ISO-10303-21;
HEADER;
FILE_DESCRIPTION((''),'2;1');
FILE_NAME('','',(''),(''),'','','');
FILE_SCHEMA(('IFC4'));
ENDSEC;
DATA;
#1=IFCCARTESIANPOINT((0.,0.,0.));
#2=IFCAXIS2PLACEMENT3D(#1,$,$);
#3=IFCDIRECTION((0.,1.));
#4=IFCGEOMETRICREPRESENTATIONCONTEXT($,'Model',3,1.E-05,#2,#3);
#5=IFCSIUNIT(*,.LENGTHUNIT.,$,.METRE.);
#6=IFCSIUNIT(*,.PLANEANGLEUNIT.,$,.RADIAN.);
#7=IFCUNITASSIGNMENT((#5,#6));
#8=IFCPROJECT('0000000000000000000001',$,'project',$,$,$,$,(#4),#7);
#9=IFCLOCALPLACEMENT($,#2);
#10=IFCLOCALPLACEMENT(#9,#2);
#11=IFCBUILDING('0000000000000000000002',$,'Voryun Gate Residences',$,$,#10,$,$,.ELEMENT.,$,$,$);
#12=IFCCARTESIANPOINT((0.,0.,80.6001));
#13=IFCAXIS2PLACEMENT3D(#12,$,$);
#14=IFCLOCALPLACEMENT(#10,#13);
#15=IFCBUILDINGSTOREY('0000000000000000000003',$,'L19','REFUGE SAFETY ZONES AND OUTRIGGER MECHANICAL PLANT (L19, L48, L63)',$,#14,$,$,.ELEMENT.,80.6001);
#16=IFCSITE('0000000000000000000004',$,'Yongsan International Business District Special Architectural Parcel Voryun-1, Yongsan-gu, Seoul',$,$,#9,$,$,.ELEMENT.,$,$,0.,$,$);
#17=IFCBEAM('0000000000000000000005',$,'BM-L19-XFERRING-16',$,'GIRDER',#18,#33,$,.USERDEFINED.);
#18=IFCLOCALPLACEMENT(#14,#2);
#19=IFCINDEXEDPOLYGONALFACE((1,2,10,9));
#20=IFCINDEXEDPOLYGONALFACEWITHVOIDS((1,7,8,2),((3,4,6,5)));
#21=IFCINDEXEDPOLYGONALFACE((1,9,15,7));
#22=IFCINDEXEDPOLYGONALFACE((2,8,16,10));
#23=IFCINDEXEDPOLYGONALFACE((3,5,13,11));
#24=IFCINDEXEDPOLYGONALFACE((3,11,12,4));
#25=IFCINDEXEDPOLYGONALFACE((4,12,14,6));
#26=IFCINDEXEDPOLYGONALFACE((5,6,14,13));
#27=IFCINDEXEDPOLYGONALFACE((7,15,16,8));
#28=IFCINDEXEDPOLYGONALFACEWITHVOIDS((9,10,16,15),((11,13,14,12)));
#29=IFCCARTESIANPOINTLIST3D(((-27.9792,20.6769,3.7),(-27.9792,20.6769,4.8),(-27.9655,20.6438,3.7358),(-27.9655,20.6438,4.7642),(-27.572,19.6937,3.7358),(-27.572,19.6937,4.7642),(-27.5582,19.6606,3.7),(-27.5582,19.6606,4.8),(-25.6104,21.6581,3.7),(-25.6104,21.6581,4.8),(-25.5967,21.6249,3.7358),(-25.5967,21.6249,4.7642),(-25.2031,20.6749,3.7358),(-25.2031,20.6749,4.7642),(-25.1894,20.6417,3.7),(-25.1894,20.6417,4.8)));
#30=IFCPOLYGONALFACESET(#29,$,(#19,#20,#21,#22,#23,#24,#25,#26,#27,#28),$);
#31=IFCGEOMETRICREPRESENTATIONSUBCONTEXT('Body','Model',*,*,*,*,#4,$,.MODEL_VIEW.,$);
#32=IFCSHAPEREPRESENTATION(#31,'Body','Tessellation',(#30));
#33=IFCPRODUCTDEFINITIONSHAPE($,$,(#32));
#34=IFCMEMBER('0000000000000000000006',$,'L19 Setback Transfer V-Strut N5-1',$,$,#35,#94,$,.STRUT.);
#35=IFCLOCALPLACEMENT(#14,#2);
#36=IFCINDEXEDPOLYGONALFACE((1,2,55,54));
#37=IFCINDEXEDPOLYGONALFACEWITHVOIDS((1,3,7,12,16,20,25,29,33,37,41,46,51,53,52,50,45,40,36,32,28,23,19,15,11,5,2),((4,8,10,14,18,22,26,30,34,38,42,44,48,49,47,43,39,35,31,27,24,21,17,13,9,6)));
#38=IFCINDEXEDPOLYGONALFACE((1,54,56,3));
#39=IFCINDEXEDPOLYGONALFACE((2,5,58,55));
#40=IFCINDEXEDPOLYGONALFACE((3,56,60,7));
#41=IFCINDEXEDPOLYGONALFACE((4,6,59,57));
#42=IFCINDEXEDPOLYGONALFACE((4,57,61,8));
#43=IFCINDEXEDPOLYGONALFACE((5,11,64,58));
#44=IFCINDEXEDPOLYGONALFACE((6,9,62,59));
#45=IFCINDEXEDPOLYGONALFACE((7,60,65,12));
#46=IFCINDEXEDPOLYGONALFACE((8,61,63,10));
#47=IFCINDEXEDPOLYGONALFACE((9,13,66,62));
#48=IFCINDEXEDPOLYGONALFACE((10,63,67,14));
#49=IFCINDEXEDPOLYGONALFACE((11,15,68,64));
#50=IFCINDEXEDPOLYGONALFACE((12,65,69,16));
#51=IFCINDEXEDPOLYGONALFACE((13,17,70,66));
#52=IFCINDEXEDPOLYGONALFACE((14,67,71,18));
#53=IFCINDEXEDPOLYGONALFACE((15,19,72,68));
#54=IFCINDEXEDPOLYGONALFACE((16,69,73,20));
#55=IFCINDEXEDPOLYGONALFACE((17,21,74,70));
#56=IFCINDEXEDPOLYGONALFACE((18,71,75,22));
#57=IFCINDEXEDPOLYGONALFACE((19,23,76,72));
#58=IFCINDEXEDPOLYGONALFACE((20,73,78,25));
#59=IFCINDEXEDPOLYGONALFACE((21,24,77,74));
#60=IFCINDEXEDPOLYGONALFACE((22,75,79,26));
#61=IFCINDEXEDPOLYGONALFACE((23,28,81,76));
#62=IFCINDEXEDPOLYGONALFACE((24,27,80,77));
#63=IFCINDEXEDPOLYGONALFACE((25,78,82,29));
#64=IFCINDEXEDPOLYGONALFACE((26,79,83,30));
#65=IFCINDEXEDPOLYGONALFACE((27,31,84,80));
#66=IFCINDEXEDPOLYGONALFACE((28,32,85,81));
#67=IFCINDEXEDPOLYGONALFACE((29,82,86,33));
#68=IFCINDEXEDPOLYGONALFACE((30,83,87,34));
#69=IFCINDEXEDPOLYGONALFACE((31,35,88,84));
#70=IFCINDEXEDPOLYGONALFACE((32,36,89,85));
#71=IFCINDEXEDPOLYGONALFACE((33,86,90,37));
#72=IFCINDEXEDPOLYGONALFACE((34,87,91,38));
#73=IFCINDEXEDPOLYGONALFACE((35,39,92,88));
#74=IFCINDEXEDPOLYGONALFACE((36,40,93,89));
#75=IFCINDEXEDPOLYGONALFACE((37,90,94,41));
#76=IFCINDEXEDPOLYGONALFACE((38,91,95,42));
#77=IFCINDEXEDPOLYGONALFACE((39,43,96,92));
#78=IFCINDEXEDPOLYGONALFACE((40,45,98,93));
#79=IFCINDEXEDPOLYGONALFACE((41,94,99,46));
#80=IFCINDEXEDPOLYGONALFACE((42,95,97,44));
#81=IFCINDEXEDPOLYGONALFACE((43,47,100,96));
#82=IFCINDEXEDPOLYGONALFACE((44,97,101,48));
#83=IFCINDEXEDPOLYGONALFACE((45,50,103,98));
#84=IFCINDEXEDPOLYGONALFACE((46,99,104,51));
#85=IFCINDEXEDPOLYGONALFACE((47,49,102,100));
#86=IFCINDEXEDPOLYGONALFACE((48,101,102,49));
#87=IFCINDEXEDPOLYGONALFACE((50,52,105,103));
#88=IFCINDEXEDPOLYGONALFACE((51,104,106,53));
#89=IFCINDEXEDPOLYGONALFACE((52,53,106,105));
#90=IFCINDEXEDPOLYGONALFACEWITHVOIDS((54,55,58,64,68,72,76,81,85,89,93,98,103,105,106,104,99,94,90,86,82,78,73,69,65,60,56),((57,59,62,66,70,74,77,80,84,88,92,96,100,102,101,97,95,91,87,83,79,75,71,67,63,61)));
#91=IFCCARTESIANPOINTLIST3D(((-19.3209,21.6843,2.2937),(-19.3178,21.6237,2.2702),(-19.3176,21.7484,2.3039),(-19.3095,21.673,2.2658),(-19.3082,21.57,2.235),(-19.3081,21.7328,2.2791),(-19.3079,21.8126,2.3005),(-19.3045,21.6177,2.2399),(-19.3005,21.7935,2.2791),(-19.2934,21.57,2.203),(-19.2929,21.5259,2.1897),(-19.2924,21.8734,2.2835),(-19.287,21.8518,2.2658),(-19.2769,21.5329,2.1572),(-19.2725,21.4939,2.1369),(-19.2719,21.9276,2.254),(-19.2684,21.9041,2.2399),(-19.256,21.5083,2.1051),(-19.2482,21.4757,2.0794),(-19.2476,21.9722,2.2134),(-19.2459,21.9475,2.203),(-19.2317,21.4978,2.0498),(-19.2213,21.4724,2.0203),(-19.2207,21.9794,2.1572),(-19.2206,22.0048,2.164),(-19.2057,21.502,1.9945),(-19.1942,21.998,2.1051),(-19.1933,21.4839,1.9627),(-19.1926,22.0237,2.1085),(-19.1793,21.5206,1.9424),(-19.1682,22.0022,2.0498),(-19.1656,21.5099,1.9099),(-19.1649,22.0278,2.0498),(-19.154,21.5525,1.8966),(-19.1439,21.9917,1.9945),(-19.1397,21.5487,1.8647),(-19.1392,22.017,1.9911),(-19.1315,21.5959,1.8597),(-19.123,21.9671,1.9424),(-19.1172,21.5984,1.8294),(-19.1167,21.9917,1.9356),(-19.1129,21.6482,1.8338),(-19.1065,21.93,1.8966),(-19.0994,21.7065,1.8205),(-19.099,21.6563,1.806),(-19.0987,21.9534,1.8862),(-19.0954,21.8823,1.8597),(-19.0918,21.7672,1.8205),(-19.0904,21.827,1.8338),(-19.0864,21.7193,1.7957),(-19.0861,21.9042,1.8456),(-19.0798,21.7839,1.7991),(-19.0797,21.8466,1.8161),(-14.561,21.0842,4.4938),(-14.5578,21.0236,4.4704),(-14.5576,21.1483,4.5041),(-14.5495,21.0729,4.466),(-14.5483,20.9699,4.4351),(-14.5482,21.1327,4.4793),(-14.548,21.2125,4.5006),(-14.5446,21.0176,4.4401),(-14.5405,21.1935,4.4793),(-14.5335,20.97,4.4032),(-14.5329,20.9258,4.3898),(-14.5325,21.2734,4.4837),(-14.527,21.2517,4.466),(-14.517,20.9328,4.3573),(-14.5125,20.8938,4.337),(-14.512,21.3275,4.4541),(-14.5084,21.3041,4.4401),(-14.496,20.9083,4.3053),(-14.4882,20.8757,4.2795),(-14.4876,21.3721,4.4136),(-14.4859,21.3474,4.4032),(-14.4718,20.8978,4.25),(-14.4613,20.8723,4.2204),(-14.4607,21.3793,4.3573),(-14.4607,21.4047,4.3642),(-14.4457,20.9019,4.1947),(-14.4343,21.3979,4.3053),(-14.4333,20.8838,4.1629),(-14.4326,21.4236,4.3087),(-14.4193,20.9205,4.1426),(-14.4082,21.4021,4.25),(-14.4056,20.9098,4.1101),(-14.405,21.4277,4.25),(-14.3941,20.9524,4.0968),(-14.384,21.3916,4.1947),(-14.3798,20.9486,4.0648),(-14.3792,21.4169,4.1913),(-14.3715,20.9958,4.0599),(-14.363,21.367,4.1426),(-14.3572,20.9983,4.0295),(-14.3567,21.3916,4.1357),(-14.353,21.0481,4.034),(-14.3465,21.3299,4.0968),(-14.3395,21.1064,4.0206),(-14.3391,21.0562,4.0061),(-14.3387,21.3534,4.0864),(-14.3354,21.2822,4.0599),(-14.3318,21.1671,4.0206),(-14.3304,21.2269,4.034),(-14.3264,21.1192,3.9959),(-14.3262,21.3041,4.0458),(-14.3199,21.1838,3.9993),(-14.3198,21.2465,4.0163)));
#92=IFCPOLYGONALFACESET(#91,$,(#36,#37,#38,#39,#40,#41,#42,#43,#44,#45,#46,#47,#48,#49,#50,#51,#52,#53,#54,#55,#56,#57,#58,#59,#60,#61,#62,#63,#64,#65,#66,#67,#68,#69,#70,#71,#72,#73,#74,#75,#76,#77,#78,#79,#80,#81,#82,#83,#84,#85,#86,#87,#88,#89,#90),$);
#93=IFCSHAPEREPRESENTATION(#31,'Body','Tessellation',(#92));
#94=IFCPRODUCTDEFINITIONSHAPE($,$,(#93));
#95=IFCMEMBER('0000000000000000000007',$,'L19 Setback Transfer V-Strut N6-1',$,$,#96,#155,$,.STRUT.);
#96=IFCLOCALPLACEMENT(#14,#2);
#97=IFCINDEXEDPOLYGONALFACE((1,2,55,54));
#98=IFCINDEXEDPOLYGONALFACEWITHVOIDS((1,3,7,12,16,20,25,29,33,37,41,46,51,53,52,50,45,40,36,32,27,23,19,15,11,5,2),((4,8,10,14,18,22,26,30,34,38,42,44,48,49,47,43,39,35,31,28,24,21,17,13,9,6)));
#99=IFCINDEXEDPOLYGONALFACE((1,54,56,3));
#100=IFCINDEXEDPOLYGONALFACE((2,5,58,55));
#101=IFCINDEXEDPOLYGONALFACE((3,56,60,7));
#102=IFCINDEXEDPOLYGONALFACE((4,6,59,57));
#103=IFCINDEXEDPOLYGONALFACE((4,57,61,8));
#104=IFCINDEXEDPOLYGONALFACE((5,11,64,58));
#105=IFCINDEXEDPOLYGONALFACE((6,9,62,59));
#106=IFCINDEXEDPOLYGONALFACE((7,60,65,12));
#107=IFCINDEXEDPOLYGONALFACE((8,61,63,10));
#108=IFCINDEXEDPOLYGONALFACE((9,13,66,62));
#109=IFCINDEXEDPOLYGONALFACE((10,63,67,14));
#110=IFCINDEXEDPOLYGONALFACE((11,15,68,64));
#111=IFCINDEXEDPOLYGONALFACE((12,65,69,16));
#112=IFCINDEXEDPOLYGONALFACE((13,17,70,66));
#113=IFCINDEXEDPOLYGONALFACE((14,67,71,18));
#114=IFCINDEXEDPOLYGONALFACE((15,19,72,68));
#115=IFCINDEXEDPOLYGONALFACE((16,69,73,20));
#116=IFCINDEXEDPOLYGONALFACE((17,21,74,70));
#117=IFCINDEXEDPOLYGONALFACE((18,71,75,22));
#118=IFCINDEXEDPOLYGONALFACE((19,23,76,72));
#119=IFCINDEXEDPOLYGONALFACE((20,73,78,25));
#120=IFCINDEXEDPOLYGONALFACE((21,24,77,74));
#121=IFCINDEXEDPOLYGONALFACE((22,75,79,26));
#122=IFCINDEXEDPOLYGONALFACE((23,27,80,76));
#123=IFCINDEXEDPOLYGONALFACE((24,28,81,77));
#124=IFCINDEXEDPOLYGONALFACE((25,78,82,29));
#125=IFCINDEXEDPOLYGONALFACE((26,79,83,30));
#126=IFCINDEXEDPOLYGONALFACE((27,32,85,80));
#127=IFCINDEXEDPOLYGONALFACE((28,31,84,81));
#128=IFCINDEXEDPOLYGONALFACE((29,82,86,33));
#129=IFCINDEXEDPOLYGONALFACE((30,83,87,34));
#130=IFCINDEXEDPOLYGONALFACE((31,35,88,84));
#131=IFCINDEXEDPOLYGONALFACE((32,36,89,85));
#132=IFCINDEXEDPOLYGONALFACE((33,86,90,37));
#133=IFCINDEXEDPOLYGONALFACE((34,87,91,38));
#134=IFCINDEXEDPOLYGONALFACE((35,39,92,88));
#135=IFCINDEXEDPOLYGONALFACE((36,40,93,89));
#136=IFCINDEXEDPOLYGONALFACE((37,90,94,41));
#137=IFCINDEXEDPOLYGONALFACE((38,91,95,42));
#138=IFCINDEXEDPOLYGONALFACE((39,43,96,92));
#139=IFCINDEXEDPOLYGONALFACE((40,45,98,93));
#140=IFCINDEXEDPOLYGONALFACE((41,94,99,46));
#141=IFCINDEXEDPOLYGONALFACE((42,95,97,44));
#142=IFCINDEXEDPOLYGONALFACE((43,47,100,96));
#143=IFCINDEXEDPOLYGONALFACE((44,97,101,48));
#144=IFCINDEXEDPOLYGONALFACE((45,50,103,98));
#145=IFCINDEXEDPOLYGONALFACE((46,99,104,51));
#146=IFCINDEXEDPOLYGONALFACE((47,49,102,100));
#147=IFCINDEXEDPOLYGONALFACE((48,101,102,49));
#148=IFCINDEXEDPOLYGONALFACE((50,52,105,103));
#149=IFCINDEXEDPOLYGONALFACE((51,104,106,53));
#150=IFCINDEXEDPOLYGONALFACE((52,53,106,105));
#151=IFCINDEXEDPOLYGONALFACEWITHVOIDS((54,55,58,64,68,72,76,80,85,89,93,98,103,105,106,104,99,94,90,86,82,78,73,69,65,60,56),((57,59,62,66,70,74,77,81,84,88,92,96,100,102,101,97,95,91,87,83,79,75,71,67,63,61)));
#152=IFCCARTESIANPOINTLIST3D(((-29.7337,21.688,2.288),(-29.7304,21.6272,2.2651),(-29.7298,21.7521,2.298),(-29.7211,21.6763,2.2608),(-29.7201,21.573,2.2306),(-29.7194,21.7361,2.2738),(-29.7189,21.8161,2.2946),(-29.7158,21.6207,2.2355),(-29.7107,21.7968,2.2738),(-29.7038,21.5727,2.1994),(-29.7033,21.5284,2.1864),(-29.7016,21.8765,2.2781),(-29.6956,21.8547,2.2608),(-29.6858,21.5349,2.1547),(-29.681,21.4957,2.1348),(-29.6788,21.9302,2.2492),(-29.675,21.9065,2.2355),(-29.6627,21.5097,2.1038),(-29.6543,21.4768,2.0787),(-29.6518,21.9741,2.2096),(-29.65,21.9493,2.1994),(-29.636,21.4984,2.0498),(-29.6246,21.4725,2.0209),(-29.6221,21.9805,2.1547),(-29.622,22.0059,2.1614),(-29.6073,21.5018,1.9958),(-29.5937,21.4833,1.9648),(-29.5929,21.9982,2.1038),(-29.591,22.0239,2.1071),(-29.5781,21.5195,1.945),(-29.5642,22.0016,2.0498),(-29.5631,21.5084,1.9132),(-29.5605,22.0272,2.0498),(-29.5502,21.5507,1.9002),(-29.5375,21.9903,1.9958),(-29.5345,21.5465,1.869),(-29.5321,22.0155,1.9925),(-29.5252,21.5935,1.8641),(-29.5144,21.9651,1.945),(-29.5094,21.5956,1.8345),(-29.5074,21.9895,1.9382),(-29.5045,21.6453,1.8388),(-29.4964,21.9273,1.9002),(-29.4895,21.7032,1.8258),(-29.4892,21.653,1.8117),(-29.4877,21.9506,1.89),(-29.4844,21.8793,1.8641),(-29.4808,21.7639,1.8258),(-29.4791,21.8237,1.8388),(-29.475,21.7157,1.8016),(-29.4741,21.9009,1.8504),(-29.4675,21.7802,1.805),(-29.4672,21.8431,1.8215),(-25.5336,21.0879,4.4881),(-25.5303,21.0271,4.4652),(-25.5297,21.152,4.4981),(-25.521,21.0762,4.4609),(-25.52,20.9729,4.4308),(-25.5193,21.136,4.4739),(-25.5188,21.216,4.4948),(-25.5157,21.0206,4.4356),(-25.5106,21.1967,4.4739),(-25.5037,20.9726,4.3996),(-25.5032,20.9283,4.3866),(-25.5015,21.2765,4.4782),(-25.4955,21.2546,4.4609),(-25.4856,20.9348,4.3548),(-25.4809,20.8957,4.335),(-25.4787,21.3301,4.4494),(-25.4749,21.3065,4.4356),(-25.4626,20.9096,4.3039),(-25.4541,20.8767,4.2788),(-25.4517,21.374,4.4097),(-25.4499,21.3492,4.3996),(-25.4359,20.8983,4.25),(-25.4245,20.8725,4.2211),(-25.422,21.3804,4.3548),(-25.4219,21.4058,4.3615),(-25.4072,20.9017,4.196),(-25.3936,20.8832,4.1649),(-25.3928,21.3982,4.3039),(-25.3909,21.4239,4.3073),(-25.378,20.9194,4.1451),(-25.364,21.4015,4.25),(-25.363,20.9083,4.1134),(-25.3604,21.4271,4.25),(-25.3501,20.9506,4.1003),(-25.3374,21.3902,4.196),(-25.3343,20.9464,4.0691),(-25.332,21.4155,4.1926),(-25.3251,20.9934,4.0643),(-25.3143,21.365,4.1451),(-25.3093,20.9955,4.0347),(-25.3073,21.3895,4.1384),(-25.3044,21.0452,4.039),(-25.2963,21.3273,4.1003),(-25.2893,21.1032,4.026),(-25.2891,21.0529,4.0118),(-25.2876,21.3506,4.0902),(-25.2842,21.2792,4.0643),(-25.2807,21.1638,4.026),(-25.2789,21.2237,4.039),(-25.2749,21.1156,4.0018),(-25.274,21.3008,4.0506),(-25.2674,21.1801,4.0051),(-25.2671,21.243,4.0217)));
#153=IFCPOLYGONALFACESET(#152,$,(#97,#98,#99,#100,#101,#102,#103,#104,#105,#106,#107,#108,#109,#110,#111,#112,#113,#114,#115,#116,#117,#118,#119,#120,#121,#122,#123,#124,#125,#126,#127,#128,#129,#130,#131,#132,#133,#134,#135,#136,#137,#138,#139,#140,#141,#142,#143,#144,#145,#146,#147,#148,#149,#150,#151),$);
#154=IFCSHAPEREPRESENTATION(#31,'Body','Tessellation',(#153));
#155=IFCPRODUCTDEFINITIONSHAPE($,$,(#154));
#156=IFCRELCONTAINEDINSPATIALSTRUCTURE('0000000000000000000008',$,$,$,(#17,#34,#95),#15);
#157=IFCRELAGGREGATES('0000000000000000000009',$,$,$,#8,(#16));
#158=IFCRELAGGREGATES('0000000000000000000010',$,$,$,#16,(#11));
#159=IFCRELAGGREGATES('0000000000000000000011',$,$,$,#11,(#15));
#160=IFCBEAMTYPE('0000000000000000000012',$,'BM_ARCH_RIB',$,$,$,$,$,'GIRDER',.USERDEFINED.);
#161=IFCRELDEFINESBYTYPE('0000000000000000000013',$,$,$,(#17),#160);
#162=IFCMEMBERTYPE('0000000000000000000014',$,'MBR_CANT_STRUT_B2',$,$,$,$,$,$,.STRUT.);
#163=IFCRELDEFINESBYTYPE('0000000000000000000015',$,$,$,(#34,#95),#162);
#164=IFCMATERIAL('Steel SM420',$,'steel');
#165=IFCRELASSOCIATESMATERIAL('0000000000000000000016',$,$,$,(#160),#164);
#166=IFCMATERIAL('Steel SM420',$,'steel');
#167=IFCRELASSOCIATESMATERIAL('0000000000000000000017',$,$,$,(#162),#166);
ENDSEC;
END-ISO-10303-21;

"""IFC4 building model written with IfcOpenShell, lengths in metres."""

from ifc_helpers import new_model, si_unit, direction, frame, origin, origin_2d, place, context, subcontext, project, spatial, hollow_rectangle, hollow_circle, extrude, material, material_profile, profile_set, type_object, element, save


model = new_model("IFC4")

# Units and contexts
model_context = context("Model", 3, precision=1e-05, world=origin(), true_north=direction((0.0, 1.0)))
body_context = subcontext(model_context, "Body", "Model", "MODEL_VIEW")
ifc_project = project(units=[si_unit("LENGTHUNIT", "METRE"), si_unit("PLANEANGLEUNIT", "RADIAN")], contexts=[model_context])

# Site, building, storey
site_placement = place(None, origin())
site = spatial("IfcSite", under=ifc_project, at=site_placement, Name="Yongsan International Business District Special Architectural Parcel Voryun-1, Yongsan-gu, Seoul", CompositionType="ELEMENT", RefElevation=0.0)
building_placement = place(site_placement, origin())
building = spatial("IfcBuilding", under=site, at=building_placement, Name="Voryun Gate Residences", CompositionType="ELEMENT")
storey_placement = place(building_placement, frame((0.0, 0.0, 80.6001)))
storey = spatial("IfcBuildingStorey", under=building, at=storey_placement, Name="L19", Description="REFUGE SAFETY ZONES AND OUTRIGGER MECHANICAL PLANT (L19, L48, L63)", CompositionType="ELEMENT", Elevation=80.6001)

# Beam
ifc_material_1 = material(Name="Steel SM420", Category="steel")
ifc_material_profile_1 = material_profile(ifc_material_1, hollow_rectangle(XDim=1.1001, YDim=1.1001, WallThickness=0.0359, at=origin_2d()), Name="BOX-1100x1100x36")
ifc_profile_set_1 = profile_set([ifc_material_profile_1], Name="Steel SM420")
beam_type = type_object("IfcBeamType", Name="BM_ARCH_RIB", ElementType="GIRDER", PredefinedType="USERDEFINED", material=ifc_profile_set_1)
beam_1_placement = place(storey_placement, frame((-25.3999, 21.1499, 4.25), z_axis=(-0.923883, -0.382674, 0.0), x_axis=(0.382674, -0.923883, 0.0)))
element("IfcBeam", 1, at=beam_1_placement, inside=storey, type_object=beam_type, Name="BM-L19-XFERRING-16", ObjectType="GIRDER", PredefinedType="USERDEFINED", context=body_context, shape_type="SweptSolid", body=[
    extrude(hollow_rectangle(XDim=1.1001, YDim=1.1001, WallThickness=0.0359, at=origin_2d()), origin(), (0.0, 0.0, 1.0), 2.564),
])

# Members
ifc_material_2 = material(Name="Steel SM420", Category="steel")
ifc_material_profile_2 = material_profile(ifc_material_2, hollow_circle(Radius=0.28, WallThickness=0.0259, at=origin_2d()), Name="CHS-560x26")
ifc_profile_set_2 = profile_set([ifc_material_profile_2], Name="Steel SM420")
member_type = type_object("IfcMemberType", Name="MBR_CANT_STRUT_B2", PredefinedType="STRUT", material=ifc_profile_set_2)
member_1_placement = place(storey_placement, frame((-19.2, 21.75, 2.0498), z_axis=(0.901836, -0.113695, 0.416851), x_axis=(0.125081, 0.992147, 0.0)))
element("IfcMember", 2, at=member_1_placement, inside=storey, type_object=member_type, Name="L19 Setback Transfer V-Strut N5-1", PredefinedType="STRUT", context=body_context, shape_type="SweptSolid", body=[
    extrude(hollow_circle(Radius=0.28, WallThickness=0.0259, at=origin_2d()), origin(), (0.0, 0.0, 1.0), 5.2781),
])
member_2_placement = place(storey_placement, frame((-29.6001, 21.75, 2.0498), z_axis=(0.878813, -0.125559, 0.46035), x_axis=(0.141437, 0.989947, 0.0)))
element("IfcMember", 3, at=member_2_placement, inside=storey, type_object=member_type, Name="L19 Setback Transfer V-Strut N6-1", PredefinedType="STRUT", context=body_context, shape_type="SweptSolid", body=[
    extrude(hollow_circle(Radius=0.28, WallThickness=0.0259, at=origin_2d()), origin(), (0.0, 0.0, 1.0), 4.7793),
])

save(model, "model.ifc")
